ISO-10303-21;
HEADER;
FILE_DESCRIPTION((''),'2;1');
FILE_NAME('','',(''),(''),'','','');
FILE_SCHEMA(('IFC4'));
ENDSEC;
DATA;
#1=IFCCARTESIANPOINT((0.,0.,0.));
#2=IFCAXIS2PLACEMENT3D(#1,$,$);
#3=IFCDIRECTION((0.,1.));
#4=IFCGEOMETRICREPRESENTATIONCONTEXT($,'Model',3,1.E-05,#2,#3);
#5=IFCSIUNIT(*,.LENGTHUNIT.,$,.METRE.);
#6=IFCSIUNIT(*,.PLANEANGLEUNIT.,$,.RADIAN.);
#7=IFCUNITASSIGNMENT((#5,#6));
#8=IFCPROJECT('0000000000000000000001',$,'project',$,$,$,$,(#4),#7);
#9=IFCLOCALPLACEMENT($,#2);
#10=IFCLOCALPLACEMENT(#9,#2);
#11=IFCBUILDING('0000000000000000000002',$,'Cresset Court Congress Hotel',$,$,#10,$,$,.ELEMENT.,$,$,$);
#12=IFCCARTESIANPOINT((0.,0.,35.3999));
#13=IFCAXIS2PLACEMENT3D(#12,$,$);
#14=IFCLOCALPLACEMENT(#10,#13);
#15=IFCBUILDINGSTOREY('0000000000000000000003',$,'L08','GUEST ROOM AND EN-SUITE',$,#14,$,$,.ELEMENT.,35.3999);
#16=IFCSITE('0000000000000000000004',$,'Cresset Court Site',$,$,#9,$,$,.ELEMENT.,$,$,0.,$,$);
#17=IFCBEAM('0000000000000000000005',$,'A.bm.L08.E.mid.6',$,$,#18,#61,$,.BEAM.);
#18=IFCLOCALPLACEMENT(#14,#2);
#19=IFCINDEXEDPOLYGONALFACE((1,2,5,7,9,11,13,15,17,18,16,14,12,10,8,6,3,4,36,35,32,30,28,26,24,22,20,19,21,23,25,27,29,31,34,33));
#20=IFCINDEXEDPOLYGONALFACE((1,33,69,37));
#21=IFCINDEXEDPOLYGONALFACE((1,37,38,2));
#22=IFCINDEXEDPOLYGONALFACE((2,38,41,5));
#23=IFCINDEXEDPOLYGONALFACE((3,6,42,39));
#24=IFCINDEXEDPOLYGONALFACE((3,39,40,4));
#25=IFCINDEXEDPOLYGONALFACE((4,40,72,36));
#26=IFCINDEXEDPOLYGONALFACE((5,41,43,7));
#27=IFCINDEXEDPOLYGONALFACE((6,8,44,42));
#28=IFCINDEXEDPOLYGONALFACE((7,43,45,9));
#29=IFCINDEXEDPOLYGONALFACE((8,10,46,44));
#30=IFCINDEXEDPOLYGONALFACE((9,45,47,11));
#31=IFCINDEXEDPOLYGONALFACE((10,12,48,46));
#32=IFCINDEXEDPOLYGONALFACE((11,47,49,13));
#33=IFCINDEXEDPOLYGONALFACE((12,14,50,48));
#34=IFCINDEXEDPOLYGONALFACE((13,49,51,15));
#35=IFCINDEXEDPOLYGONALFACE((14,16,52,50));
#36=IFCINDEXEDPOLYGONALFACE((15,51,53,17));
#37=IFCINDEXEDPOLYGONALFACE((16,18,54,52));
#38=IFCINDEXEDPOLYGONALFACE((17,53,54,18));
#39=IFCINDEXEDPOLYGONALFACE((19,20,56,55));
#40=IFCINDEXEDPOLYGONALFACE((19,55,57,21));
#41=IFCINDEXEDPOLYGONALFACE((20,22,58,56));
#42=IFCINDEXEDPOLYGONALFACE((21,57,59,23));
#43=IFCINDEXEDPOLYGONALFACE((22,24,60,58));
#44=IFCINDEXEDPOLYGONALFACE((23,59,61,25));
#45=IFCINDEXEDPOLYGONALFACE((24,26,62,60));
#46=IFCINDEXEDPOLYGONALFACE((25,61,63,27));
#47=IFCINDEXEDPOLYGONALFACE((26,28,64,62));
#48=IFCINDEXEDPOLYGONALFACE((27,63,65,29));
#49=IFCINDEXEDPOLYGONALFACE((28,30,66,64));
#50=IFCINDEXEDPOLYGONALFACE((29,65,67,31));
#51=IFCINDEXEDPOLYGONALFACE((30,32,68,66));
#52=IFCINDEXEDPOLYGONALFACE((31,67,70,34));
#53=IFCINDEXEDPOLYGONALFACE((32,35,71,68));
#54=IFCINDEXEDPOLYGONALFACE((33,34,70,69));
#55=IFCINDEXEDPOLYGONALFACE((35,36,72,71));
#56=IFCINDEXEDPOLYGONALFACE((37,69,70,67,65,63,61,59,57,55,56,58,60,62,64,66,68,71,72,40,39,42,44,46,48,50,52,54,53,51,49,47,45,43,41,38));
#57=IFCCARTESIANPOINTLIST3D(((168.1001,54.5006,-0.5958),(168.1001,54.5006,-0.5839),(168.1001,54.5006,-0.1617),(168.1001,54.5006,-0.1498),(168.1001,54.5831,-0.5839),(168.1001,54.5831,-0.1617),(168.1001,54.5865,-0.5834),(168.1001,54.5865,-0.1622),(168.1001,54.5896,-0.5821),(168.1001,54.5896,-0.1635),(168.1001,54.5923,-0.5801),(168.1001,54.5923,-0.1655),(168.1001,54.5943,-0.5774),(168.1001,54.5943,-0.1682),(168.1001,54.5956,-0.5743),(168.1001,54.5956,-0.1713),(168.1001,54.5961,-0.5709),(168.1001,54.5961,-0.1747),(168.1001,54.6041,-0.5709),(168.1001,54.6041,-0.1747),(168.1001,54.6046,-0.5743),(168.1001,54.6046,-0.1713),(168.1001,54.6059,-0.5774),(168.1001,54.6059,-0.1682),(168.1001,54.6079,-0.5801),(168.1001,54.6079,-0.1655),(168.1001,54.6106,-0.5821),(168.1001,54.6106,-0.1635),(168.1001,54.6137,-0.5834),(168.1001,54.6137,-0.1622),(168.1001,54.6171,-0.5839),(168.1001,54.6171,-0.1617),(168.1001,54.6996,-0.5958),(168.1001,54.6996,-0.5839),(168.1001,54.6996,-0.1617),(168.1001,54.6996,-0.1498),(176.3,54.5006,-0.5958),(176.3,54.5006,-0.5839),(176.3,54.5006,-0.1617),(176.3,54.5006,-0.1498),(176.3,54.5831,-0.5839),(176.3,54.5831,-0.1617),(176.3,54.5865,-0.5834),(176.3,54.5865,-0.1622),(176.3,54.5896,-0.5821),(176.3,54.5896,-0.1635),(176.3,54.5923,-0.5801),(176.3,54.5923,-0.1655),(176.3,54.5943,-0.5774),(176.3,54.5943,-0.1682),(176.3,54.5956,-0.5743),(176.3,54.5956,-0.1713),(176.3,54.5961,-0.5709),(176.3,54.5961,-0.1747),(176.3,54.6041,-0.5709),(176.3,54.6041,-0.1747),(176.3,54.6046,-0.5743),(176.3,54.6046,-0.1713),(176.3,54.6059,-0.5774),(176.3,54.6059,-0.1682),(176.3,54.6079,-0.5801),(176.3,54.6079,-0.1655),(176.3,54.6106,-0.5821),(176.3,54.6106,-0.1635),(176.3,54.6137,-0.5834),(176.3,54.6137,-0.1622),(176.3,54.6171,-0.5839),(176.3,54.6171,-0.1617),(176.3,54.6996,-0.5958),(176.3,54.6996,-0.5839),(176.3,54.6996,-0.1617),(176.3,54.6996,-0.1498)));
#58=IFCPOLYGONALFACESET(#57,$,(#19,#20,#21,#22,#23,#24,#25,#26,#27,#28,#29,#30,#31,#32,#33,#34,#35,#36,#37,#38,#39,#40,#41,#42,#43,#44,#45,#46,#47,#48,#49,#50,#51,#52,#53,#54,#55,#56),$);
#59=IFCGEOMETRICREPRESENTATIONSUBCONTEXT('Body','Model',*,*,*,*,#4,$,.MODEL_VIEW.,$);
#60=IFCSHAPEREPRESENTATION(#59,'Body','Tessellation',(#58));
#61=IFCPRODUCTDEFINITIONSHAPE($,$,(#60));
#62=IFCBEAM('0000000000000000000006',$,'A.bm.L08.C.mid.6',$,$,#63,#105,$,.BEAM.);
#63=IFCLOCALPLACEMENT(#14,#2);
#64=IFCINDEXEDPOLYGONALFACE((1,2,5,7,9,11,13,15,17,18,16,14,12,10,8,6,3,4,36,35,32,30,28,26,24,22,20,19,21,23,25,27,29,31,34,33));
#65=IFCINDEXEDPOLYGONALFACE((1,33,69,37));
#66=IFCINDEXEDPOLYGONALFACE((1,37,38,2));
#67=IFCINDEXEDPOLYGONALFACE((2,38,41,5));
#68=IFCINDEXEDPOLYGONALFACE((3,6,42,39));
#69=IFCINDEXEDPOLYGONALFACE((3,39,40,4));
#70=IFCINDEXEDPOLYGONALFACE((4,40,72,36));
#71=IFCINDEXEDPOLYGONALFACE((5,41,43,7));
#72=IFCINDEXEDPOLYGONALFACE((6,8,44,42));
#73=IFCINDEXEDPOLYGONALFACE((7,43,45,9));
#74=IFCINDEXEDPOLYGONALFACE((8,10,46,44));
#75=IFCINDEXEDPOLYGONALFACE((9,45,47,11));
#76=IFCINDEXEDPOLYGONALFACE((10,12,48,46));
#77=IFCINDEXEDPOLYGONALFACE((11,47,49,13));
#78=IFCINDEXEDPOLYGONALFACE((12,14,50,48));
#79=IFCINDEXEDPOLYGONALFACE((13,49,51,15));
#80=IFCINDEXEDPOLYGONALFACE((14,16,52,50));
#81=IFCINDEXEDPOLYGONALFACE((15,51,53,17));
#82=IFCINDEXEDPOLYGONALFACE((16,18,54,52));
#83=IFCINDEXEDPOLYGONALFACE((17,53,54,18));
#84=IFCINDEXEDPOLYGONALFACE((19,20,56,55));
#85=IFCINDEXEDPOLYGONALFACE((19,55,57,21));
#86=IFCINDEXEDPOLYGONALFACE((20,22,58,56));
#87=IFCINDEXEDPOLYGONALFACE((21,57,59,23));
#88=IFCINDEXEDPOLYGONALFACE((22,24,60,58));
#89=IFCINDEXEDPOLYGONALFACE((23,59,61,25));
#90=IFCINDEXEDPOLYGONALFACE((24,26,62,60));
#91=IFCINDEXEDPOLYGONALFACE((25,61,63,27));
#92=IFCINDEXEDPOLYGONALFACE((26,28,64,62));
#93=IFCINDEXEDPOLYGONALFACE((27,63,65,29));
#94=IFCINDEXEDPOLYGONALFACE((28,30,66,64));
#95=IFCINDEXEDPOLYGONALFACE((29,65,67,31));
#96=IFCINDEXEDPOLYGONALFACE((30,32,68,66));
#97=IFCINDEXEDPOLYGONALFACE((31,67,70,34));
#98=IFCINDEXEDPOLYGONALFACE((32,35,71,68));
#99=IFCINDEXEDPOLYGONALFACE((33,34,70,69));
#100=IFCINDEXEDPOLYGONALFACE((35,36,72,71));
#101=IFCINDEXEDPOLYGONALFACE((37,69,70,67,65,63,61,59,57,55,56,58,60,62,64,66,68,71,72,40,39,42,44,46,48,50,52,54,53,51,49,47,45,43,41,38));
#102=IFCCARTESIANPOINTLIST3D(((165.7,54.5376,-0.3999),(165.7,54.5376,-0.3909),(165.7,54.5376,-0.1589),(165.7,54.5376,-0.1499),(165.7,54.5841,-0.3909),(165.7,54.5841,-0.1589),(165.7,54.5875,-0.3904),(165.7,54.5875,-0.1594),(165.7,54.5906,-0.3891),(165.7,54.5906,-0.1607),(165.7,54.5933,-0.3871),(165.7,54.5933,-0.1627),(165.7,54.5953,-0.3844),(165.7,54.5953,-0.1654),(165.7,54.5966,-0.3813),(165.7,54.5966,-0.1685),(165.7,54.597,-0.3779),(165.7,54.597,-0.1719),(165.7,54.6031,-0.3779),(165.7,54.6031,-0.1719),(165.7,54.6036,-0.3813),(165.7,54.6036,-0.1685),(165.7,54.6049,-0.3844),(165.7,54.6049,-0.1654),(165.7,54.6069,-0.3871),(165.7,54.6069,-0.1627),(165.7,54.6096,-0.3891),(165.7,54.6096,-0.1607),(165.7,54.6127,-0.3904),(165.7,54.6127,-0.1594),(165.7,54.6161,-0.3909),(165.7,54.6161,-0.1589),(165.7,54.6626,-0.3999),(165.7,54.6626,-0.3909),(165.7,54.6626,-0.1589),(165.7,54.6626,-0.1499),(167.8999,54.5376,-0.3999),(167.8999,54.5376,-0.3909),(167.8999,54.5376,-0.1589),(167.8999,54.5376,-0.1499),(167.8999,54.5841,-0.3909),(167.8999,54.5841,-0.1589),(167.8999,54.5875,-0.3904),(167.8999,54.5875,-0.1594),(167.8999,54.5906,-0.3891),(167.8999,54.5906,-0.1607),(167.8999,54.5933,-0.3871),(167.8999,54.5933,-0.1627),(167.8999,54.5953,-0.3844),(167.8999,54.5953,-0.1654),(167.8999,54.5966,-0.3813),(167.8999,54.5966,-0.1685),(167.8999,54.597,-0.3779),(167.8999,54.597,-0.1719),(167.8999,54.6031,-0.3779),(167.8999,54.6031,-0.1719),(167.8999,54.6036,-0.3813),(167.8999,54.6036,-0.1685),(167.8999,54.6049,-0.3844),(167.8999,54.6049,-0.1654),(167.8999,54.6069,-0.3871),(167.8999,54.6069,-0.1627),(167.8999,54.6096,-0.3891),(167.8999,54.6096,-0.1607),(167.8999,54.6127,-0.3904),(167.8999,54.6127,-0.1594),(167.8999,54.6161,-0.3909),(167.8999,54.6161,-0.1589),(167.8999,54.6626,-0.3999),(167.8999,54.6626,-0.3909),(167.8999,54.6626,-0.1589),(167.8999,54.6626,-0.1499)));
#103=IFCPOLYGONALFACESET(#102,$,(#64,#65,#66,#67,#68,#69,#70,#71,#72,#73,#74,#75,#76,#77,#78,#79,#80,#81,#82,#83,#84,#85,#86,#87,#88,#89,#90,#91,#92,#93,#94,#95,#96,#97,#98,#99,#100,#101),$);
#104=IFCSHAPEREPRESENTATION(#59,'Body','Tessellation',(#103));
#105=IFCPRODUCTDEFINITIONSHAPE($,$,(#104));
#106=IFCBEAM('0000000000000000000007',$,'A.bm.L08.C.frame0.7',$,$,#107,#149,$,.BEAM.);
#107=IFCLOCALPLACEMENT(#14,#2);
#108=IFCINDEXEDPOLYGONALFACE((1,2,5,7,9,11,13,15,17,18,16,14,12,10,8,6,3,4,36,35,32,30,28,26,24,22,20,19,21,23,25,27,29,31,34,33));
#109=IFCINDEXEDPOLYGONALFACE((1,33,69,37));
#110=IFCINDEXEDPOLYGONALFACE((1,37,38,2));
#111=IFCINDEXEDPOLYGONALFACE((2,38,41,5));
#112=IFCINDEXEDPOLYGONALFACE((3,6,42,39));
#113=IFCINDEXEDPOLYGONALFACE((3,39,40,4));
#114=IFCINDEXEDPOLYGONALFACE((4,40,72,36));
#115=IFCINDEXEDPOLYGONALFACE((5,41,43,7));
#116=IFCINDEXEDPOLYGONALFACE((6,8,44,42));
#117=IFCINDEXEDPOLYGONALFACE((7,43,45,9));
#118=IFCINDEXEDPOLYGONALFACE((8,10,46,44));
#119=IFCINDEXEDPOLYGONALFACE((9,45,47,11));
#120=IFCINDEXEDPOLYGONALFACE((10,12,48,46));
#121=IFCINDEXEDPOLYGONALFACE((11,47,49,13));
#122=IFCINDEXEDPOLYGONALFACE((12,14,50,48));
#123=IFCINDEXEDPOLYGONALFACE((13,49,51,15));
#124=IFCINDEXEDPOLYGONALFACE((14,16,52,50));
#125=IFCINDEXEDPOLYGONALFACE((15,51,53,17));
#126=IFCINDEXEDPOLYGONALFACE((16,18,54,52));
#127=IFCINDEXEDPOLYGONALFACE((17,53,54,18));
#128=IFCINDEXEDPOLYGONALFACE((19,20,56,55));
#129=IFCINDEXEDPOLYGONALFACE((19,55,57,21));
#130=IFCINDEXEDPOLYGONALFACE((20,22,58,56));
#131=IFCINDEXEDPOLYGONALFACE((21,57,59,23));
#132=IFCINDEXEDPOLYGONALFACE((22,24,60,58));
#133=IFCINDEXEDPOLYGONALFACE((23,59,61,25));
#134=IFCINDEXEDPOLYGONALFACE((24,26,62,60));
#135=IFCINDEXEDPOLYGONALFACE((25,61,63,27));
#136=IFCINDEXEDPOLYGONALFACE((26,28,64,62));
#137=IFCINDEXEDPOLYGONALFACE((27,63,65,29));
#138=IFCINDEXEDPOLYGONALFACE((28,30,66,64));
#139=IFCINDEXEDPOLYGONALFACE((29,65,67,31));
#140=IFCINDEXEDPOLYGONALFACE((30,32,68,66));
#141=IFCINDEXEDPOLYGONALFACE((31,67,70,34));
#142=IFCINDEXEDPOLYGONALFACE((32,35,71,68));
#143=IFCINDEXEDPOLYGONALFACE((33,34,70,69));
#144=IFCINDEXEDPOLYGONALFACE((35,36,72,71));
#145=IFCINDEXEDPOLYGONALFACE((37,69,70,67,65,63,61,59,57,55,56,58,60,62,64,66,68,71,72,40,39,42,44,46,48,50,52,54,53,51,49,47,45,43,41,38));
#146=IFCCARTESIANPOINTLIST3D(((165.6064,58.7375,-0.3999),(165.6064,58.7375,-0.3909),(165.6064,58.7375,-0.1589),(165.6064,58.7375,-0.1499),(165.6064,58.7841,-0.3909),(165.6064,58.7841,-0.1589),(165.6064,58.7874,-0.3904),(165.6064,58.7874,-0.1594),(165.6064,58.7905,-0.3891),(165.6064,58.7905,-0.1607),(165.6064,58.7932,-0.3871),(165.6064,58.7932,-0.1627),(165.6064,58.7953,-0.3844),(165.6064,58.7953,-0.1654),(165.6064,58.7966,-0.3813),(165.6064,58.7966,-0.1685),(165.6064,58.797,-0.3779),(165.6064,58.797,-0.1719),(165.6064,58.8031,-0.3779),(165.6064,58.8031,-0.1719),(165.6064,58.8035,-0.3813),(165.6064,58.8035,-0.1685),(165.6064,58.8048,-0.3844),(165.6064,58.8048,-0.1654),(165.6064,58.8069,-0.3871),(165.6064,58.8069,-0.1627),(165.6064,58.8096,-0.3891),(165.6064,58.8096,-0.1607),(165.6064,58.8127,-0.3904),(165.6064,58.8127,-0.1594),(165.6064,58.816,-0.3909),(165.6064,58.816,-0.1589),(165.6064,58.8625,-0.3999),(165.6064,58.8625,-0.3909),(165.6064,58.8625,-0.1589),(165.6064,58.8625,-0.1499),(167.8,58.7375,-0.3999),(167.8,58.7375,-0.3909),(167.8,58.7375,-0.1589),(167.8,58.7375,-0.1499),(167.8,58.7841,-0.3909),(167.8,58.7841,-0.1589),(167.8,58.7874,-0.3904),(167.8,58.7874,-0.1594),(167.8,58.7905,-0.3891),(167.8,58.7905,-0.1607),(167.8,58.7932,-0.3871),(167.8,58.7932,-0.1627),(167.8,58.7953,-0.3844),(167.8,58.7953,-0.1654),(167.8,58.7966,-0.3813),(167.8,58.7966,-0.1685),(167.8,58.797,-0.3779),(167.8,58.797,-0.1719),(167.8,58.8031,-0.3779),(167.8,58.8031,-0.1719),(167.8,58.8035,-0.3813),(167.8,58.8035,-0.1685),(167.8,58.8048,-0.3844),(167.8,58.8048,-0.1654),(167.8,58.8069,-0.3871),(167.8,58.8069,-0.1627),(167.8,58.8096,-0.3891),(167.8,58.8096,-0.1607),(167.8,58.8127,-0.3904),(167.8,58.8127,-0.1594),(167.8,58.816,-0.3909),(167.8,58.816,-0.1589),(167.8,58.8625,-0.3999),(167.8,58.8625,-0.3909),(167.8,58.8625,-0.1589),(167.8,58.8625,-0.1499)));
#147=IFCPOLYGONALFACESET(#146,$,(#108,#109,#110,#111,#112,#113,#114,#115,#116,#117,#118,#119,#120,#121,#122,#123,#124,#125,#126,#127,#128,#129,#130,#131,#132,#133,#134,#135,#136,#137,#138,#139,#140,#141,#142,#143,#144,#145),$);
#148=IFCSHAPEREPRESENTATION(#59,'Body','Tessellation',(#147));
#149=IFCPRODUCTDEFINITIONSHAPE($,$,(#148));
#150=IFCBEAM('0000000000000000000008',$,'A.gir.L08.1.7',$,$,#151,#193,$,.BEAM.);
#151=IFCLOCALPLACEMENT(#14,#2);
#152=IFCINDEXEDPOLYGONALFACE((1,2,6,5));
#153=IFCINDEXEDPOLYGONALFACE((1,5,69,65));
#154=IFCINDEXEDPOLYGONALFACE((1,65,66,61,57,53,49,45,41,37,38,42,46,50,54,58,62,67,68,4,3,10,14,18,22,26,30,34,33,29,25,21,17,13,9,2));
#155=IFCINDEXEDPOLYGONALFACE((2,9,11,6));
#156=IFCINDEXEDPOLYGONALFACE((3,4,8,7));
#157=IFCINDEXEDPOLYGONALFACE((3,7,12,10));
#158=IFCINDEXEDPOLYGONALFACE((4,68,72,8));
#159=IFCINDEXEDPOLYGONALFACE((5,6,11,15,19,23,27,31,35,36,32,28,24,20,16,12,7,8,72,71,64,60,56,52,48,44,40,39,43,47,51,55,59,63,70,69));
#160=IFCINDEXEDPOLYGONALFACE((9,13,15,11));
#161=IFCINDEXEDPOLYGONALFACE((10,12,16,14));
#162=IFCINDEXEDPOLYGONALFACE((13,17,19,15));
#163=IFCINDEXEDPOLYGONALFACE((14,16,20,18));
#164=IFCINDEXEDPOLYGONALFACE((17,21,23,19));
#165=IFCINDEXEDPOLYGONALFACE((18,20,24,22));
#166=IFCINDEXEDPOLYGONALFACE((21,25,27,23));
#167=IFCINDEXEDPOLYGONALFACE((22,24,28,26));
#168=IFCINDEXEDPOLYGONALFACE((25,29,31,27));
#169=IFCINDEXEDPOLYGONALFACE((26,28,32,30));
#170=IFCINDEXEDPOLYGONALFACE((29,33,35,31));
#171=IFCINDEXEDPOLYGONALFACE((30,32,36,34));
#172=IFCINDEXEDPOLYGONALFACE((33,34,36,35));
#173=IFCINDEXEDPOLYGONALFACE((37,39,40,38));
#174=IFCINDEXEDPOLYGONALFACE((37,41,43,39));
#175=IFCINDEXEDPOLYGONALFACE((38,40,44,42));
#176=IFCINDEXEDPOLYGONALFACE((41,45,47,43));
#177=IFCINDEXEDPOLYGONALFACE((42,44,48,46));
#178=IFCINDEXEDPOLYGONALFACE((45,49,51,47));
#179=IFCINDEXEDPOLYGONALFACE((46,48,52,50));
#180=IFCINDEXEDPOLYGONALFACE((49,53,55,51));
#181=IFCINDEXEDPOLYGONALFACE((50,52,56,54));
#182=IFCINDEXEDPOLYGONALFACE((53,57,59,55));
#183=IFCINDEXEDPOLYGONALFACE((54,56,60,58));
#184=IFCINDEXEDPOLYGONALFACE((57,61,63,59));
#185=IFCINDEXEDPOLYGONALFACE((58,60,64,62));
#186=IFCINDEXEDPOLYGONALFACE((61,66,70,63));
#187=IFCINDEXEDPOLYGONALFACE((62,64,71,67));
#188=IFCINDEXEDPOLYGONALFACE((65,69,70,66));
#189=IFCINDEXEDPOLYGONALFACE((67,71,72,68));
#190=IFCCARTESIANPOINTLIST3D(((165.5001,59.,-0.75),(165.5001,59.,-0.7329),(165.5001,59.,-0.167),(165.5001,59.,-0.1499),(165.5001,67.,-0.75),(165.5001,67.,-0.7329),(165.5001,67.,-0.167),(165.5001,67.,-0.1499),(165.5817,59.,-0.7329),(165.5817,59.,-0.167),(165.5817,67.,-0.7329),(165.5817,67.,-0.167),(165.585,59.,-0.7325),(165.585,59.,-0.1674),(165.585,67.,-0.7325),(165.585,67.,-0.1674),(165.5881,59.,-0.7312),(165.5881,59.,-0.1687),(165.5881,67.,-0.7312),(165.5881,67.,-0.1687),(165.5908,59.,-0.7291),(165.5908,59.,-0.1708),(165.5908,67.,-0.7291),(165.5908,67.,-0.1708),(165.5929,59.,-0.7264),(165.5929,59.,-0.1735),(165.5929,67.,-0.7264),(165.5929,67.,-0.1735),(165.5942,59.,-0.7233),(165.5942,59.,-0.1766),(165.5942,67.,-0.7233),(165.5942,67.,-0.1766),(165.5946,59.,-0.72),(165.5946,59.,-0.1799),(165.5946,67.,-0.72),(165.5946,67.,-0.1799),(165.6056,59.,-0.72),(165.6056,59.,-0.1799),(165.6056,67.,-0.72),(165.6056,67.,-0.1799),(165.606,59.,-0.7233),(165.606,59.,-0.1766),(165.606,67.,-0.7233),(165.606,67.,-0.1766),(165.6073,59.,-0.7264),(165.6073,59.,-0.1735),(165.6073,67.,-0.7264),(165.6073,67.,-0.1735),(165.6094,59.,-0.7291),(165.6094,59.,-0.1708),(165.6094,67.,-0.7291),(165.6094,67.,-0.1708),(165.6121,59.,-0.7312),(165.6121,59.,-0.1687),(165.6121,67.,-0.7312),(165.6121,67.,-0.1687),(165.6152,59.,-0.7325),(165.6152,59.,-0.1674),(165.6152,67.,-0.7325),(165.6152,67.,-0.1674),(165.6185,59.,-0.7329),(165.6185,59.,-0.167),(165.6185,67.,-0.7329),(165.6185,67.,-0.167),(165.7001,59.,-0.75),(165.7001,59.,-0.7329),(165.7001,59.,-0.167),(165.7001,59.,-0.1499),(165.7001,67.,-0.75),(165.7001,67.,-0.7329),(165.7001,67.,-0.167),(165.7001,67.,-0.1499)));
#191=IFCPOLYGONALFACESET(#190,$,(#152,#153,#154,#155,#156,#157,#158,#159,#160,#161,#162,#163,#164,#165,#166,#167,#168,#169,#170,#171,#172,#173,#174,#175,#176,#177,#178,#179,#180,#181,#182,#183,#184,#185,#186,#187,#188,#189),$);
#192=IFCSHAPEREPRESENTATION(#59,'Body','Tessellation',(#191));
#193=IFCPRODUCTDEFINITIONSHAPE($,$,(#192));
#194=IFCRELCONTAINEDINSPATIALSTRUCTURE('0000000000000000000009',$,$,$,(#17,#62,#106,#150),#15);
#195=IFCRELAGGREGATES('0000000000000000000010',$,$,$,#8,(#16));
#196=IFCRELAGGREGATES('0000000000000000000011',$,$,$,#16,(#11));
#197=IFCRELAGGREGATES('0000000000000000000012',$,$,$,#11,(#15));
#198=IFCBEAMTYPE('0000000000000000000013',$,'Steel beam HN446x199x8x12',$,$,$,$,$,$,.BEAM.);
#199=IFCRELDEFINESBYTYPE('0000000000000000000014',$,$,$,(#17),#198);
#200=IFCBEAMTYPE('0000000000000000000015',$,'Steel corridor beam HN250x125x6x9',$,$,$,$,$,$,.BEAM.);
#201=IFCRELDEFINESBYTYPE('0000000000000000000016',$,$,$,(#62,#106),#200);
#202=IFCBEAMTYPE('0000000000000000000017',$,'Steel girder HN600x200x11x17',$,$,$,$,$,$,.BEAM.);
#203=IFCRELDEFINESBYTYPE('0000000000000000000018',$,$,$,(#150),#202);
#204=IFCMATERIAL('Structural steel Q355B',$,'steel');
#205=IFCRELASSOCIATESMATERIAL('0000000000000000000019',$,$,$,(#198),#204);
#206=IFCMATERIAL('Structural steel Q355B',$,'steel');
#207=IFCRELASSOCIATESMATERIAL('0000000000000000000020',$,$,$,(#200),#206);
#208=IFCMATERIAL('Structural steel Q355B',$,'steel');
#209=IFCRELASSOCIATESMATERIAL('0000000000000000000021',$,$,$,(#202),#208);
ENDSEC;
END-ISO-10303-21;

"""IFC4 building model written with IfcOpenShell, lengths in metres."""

from ifc_helpers import new_model, si_unit, direction, frame, origin, origin_2d, place, context, subcontext, project, spatial, i_section, extrude, material, material_profile, profile_set, type_object, element, save


model = new_model("IFC4")

# Units and contexts
model_context = context("Model", 3, precision=1e-05, world=origin(), true_north=direction((0.0, 1.0)))
body_context = subcontext(model_context, "Body", "Model", "MODEL_VIEW")
ifc_project = project(units=[si_unit("LENGTHUNIT", "METRE"), si_unit("PLANEANGLEUNIT", "RADIAN")], contexts=[model_context])

# Site, building, storey
site_placement = place(None, origin())
site = spatial("IfcSite", under=ifc_project, at=site_placement, Name="Cresset Court Site", CompositionType="ELEMENT", RefElevation=0.0)
building_placement = place(site_placement, origin())
building = spatial("IfcBuilding", under=site, at=building_placement, Name="Cresset Court Congress Hotel", CompositionType="ELEMENT")
storey_placement = place(building_placement, frame((0.0, 0.0, 35.3999)))
storey = spatial("IfcBuildingStorey", under=building, at=storey_placement, Name="L08", Description="GUEST ROOM AND EN-SUITE", CompositionType="ELEMENT", Elevation=35.3999)

# Beams
ifc_material_1 = material(Name="Structural steel Q355B", Category="steel")
ifc_material_profile_1 = material_profile(ifc_material_1, i_section(OverallWidth=0.199, OverallDepth=0.446, WebThickness=0.0081, FlangeThickness=0.012, FilletRadius=0.0129, at=origin_2d()), Name="HN446x199x8x12")
ifc_profile_set_1 = profile_set([ifc_material_profile_1], Name="Structural steel Q355B")
beam_type_1 = type_object("IfcBeamType", Name="Steel beam HN446x199x8x12", PredefinedType="BEAM", material=ifc_profile_set_1)
beam_1_placement = place(storey_placement, frame((168.1001, 54.6001, -0.3728), z_axis=(1.0, 0.0, 0.0), x_axis=(0.0, 1.0, 0.0)))
element("IfcBeam", 1, at=beam_1_placement, inside=storey, type_object=beam_type_1, Name="A.bm.L08.E.mid.6", PredefinedType="BEAM", context=body_context, shape_type="SweptSolid", body=[
    extrude(i_section(OverallWidth=0.199, OverallDepth=0.446, WebThickness=0.0081, FlangeThickness=0.012, FilletRadius=0.0129, at=origin_2d()), origin(), (0.0, 0.0, 1.0), 8.2),
])
ifc_material_2 = material(Name="Structural steel Q355B", Category="steel")
ifc_material_profile_2 = material_profile(ifc_material_2, i_section(OverallWidth=0.125, OverallDepth=0.25, WebThickness=0.0061, FlangeThickness=0.009, FilletRadius=0.0129, at=origin_2d()), Name="HN250x125x6x9")
ifc_profile_set_2 = profile_set([ifc_material_profile_2], Name="Structural steel Q355B")
beam_type_2 = type_object("IfcBeamType", Name="Steel corridor beam HN250x125x6x9", PredefinedType="BEAM", material=ifc_profile_set_2)
beam_2_placement = place(storey_placement, frame((165.7, 54.6001, -0.2749), z_axis=(1.0, 0.0, 0.0), x_axis=(0.0, 1.0, 0.0)))
element("IfcBeam", 2, at=beam_2_placement, inside=storey, type_object=beam_type_2, Name="A.bm.L08.C.mid.6", PredefinedType="BEAM", context=body_context, shape_type="SweptSolid", body=[
    extrude(i_section(OverallWidth=0.125, OverallDepth=0.25, WebThickness=0.0061, FlangeThickness=0.009, FilletRadius=0.0129, at=origin_2d()), origin(), (0.0, 0.0, 1.0), 2.2),
])
beam_3_placement = place(storey_placement, frame((165.6064, 58.8, -0.2749), z_axis=(1.0, 0.0, 0.0), x_axis=(0.0, 1.0, 0.0)))
element("IfcBeam", 3, at=beam_3_placement, inside=storey, type_object=beam_type_2, Name="A.bm.L08.C.frame0.7", PredefinedType="BEAM", context=body_context, shape_type="SweptSolid", body=[
    extrude(i_section(OverallWidth=0.125, OverallDepth=0.25, WebThickness=0.0061, FlangeThickness=0.009, FilletRadius=0.0129, at=origin_2d()), origin(), (0.0, 0.0, 1.0), 2.1936),
])
ifc_material_3 = material(Name="Structural steel Q355B", Category="steel")
ifc_material_profile_3 = material_profile(ifc_material_3, i_section(OverallWidth=0.2, OverallDepth=0.6001, WebThickness=0.011, FlangeThickness=0.0171, FilletRadius=0.0129, at=origin_2d()), Name="HN600x200x11x17")
ifc_profile_set_3 = profile_set([ifc_material_profile_3], Name="Structural steel Q355B")
beam_type_3 = type_object("IfcBeamType", Name="Steel girder HN600x200x11x17", PredefinedType="BEAM", material=ifc_profile_set_3)
beam_4_placement = place(storey_placement, frame((165.6001, 59.0, -0.45), z_axis=(0.0, 1.0, 0.0), x_axis=(-1.0, 0.0, 0.0)))
element("IfcBeam", 4, at=beam_4_placement, inside=storey, type_object=beam_type_3, Name="A.gir.L08.1.7", PredefinedType="BEAM", context=body_context, shape_type="SweptSolid", body=[
    extrude(i_section(OverallWidth=0.2, OverallDepth=0.6001, WebThickness=0.011, FlangeThickness=0.0171, FilletRadius=0.0129, at=origin_2d()), origin(), (0.0, 0.0, 1.0), 8.0),
])

save(model, "model.ifc")
